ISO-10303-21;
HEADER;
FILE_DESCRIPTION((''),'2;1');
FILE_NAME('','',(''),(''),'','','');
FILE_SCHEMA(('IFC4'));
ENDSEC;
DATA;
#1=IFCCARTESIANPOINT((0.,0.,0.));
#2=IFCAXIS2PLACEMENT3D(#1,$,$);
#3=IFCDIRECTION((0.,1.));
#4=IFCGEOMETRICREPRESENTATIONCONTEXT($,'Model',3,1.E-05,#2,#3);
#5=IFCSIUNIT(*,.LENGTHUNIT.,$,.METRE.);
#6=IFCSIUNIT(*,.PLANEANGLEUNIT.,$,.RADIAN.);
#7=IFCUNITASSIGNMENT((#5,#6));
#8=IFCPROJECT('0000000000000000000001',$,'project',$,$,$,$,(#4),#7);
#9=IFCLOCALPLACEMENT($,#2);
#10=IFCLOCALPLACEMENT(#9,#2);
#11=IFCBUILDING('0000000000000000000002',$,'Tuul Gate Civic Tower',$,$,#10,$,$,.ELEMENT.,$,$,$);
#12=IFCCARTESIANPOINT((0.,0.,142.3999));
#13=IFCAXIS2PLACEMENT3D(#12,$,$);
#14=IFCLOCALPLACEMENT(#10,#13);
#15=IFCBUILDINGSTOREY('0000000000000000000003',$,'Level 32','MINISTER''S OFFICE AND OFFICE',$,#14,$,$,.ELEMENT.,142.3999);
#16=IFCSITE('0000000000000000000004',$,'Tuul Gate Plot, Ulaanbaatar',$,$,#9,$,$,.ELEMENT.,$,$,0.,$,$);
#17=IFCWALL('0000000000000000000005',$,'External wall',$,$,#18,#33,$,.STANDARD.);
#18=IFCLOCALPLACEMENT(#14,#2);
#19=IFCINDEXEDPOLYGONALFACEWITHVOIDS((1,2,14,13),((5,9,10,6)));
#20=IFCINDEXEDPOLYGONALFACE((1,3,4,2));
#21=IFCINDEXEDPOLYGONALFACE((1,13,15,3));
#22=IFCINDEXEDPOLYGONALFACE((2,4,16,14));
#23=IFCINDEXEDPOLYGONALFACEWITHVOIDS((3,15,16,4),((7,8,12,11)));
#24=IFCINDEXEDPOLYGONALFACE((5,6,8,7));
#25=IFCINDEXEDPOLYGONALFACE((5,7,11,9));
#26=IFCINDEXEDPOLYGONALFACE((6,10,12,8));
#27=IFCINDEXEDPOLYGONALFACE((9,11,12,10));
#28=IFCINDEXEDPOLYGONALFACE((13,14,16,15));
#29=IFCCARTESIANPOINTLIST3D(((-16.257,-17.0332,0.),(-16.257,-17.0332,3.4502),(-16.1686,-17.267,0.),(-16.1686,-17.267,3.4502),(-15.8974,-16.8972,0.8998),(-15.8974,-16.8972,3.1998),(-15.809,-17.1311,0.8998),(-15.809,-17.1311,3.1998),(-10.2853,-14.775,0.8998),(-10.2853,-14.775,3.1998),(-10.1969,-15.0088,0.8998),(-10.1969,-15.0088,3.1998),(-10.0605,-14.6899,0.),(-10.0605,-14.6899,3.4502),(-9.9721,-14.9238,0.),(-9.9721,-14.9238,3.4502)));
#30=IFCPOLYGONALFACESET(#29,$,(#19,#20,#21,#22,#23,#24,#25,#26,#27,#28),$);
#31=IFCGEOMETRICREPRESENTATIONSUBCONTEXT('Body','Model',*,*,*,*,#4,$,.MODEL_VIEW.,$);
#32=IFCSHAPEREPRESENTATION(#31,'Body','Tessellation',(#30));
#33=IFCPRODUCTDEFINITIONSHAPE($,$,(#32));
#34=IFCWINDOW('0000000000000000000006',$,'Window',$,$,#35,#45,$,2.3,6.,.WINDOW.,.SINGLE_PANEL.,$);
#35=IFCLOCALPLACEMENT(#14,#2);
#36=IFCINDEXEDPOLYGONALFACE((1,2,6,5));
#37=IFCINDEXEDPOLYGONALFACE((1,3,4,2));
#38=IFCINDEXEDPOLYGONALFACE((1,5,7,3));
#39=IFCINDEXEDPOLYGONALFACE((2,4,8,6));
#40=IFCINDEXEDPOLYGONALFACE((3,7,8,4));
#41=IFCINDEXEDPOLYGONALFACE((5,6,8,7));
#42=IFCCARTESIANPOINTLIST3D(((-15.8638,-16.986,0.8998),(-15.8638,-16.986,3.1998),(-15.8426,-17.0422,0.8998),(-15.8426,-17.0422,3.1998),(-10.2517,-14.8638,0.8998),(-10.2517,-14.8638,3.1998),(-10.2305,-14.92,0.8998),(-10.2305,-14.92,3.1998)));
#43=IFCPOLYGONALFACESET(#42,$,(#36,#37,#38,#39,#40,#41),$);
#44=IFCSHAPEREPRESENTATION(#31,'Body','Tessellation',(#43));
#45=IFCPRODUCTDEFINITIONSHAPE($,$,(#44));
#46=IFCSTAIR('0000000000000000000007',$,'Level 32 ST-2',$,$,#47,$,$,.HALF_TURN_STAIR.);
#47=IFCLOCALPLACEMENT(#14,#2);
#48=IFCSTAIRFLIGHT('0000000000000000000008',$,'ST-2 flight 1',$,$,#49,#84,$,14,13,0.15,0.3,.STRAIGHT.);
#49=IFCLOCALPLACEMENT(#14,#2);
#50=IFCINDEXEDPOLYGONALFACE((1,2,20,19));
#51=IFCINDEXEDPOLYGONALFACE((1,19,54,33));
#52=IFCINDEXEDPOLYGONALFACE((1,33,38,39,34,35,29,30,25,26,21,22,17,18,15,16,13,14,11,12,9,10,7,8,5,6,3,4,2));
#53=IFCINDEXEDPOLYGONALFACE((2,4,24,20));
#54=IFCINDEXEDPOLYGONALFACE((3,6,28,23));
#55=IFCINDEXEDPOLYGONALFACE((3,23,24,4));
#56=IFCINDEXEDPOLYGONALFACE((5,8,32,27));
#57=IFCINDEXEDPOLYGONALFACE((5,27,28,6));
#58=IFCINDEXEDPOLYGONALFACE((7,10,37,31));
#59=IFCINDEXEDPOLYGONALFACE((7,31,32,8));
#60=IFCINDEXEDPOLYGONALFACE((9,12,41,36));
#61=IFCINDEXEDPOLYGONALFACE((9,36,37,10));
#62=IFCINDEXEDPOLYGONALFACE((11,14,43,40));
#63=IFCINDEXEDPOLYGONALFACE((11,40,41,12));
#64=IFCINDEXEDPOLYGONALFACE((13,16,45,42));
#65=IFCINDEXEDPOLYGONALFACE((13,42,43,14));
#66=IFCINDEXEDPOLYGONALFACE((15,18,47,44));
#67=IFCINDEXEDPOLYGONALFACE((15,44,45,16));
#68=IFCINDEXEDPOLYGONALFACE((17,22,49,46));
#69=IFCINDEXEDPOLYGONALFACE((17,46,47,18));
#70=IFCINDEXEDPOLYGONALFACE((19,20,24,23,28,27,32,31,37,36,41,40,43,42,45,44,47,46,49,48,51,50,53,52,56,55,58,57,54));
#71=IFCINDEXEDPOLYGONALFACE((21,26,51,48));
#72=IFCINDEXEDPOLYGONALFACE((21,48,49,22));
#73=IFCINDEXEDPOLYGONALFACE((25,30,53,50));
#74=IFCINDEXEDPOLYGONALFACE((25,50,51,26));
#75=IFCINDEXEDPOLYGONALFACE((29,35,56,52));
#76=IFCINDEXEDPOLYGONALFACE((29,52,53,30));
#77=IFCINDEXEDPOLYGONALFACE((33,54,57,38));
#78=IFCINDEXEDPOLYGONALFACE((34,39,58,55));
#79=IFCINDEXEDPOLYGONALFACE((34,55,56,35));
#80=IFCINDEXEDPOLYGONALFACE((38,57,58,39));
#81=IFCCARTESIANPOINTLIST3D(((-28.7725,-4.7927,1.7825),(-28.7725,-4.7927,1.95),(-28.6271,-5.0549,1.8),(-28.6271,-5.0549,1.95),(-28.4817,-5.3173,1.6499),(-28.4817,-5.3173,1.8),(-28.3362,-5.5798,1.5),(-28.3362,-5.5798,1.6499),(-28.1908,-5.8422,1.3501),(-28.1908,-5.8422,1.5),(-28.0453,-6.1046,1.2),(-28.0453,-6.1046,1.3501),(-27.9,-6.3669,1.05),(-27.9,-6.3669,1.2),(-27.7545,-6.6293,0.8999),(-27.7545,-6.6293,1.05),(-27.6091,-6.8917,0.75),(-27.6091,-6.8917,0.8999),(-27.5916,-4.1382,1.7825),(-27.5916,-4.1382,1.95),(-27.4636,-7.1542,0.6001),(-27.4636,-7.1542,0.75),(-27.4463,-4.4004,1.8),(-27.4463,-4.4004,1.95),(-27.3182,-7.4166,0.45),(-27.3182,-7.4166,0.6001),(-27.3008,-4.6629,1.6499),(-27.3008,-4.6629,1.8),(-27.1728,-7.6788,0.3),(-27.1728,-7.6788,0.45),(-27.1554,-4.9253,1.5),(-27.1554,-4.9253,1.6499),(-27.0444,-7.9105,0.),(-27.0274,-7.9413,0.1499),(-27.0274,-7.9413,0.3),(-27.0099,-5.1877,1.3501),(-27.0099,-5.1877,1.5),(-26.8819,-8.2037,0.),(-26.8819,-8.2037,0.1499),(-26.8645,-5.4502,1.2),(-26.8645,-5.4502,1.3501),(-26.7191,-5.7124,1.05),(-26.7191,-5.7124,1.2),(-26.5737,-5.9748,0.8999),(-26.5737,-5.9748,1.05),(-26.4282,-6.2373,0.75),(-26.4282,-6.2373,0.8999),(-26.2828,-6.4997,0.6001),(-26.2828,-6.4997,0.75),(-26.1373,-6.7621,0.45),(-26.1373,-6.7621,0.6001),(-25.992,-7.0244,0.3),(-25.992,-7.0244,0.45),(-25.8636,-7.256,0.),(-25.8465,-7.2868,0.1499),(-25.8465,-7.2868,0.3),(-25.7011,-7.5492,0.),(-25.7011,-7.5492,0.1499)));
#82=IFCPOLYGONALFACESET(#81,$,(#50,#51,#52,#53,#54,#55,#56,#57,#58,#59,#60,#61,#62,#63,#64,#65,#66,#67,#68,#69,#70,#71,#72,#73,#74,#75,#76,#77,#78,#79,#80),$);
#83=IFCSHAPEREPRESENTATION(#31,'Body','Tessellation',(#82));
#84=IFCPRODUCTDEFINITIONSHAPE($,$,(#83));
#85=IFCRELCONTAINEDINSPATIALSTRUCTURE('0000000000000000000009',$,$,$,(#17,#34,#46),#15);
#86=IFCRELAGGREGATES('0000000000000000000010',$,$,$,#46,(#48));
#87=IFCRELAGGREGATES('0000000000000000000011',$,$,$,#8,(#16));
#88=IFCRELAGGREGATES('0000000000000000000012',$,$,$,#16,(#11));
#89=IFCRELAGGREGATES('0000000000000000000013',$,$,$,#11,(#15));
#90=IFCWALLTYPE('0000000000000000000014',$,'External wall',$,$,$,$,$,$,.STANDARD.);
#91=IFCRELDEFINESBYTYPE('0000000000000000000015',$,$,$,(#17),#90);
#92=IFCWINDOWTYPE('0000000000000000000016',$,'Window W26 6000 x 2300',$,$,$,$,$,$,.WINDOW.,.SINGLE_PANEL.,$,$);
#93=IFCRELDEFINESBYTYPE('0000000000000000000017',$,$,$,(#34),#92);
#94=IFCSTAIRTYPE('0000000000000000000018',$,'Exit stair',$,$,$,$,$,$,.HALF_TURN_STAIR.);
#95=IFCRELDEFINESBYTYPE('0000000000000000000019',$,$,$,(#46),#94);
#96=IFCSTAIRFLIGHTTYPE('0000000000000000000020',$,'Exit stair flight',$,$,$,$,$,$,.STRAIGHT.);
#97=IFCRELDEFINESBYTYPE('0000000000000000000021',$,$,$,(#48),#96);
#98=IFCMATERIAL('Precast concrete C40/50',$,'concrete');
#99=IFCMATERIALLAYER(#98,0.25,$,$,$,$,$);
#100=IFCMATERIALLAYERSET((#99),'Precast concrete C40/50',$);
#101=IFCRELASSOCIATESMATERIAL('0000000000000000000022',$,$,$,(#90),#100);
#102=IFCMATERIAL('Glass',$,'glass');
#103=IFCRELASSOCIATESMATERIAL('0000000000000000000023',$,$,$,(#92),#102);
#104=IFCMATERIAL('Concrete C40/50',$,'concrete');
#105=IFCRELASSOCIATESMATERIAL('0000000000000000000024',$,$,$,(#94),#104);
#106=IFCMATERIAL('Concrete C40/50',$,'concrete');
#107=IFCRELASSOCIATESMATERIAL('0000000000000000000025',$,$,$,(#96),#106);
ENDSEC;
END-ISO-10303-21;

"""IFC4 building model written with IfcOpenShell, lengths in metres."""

from ifc_helpers import new_model, si_unit, direction, frame, frame_2d, origin, place, context, subcontext, project, spatial, polyline, rectangle, outline, extrude, material, layer, layer_set, type_object, element, fill, aggregate, save


model = new_model("IFC4")

# Units and contexts
model_context = context("Model", 3, precision=1e-05, world=origin(), true_north=direction((0.0, 1.0)))
body_context = subcontext(model_context, "Body", "Model", "MODEL_VIEW")
ifc_project = project(units=[si_unit("LENGTHUNIT", "METRE"), si_unit("PLANEANGLEUNIT", "RADIAN")], contexts=[model_context])

# Site, building, storey
site_placement = place(None, origin())
site = spatial("IfcSite", under=ifc_project, at=site_placement, Name="Tuul Gate Plot, Ulaanbaatar", CompositionType="ELEMENT", RefElevation=0.0)
building_placement = place(site_placement, origin())
building = spatial("IfcBuilding", under=site, at=building_placement, Name="Tuul Gate Civic Tower", CompositionType="ELEMENT")
storey_placement = place(building_placement, frame((0.0, 0.0, 142.3999)))
storey = spatial("IfcBuildingStorey", under=building, at=storey_placement, Name="Level 32", Description="MINISTER'S OFFICE AND OFFICE", CompositionType="ELEMENT", Elevation=142.3999)

# Wall, opening, window
ifc_material_1 = material(Name="Precast concrete C40/50", Category="concrete")
ifc_layer_1 = layer(ifc_material_1, 0.25)
ifc_layer_set_1 = layer_set([ifc_layer_1], Name="Precast concrete C40/50")
wall_type_1 = type_object("IfcWallType", Name="External wall", PredefinedType="STANDARD", material=ifc_layer_set_1)
ifc_material_2 = material(Name="Glass", Category="glass")
window_type = type_object("IfcWindowType", Name="Window W26 6000 x 2300", PartitioningType="SINGLE_PANEL", PredefinedType="WINDOW", material=ifc_material_2)
wall_1_placement = place(storey_placement, frame((-16.2129, -17.1501, 0.0), z_axis=(0.0, 0.0, 1.0), x_axis=(0.935355, 0.353711, 0.0)))
wall_1 = element("IfcWall", 1, at=wall_1_placement, inside=storey, type_object=wall_type_1, Name="External wall", PredefinedType="STANDARD", context=body_context, shape_type="SweptSolid", body=[
    extrude(rectangle(XDim=6.6248, YDim=0.25, at=frame_2d((3.3125, 0.0))), origin(), (0.0, 0.0, 1.0), 3.4502),
])
opening_1_placement = place(wall_1_placement, frame((0.3845, 0.0, 0.8999)))
opening_1 = element("IfcOpeningElement", 2, at=opening_1_placement, cuts=wall_1, PredefinedType="OPENING", context=body_context, shape_type="SweptSolid", body=[
    extrude(rectangle(XDim=6.0, YDim=2.3, at=frame_2d((3.0, 1.1499))), frame((0.0, 0.135, 0.0), z_axis=(0.0, -1.0, 0.0), x_axis=(1.0, 0.0, 0.0)), (0.0, 0.0, 1.0), 0.27),
])
window_1_placement = place(opening_1_placement, origin())
window_1 = element("IfcWindow", 3, at=window_1_placement, inside=storey, type_object=window_type, Name="Window", OverallHeight=2.3, OverallWidth=6.0, PartitioningType="SINGLE_PANEL", PredefinedType="WINDOW", context=body_context, shape_type="SweptSolid", body=[
    extrude(rectangle(XDim=6.0, YDim=2.3, at=frame_2d((3.0, 1.1499))), frame((0.0, 0.03, 0.0), z_axis=(0.0, -1.0, 0.0), x_axis=(1.0, 0.0, 0.0)), (0.0, 0.0, 1.0), 0.0601),
])
fill(opening_1, window_1)

# Stair, stair flight
ifc_material_3 = material(Name="Concrete C40/50", Category="concrete")
stair_type = type_object("IfcStairType", Name="Exit stair", PredefinedType="HALF_TURN_STAIR", material=ifc_material_3)
stair_placement = place(storey_placement, origin())
stair = element("IfcStair", 4, at=stair_placement, inside=storey, type_object=stair_type, Name="Level 32 ST-2", PredefinedType="HALF_TURN_STAIR")
ifc_material_4 = material(Name="Concrete C40/50", Category="concrete")
stair_flight_type = type_object("IfcStairFlightType", Name="Exit stair flight", PredefinedType="STRAIGHT", material=ifc_material_4)
stair_flight_placement = place(storey_placement, frame((-26.2915, -7.8765, 0.0), z_axis=(0.0, 0.0, 1.0), x_axis=(-0.484762, 0.874646, 0.0)))
stair_flight = element("IfcStairFlight", 5, at=stair_flight_placement, type_object=stair_flight_type, Name="ST-2 flight 1", NumberOfRisers=14, NumberOfTreads=13, PredefinedType="STRAIGHT", RiserHeight=0.15, TreadLength=0.3, context=body_context, shape_type="SweptSolid", body=[
    extrude(outline(polyline([(0.0, 0.0), (0.0, 0.1499), (0.3, 0.1499), (0.3, 0.3), (0.6001, 0.3), (0.6001, 0.45), (0.8999, 0.45), (0.8999, 0.6001), (1.2, 0.6001), (1.2, 0.75), (1.5, 0.75), (1.5, 0.8999), (1.8, 0.8999), (1.8, 1.05), (2.1001, 1.05), (2.1001, 1.2), (2.3999, 1.2), (2.3999, 1.3501), (2.7, 1.3501), (2.7, 1.5), (3.0, 1.5), (3.0, 1.6499), (3.3, 1.6499), (3.3, 1.8), (3.6001, 1.8), (3.6001, 1.95), (3.8999, 1.95), (3.8999, 2.1001), (3.8999, 1.7825), (0.3352, 0.0), (0.0, 0.0)])), frame((0.0, 0.675, 0.0), z_axis=(0.0, -1.0, 0.0), x_axis=(1.0, 0.0, 0.0)), (0.0, 0.0, 1.0), 1.3501),
])
aggregate(stair, [stair_flight])

save(model, "model.ifc")
